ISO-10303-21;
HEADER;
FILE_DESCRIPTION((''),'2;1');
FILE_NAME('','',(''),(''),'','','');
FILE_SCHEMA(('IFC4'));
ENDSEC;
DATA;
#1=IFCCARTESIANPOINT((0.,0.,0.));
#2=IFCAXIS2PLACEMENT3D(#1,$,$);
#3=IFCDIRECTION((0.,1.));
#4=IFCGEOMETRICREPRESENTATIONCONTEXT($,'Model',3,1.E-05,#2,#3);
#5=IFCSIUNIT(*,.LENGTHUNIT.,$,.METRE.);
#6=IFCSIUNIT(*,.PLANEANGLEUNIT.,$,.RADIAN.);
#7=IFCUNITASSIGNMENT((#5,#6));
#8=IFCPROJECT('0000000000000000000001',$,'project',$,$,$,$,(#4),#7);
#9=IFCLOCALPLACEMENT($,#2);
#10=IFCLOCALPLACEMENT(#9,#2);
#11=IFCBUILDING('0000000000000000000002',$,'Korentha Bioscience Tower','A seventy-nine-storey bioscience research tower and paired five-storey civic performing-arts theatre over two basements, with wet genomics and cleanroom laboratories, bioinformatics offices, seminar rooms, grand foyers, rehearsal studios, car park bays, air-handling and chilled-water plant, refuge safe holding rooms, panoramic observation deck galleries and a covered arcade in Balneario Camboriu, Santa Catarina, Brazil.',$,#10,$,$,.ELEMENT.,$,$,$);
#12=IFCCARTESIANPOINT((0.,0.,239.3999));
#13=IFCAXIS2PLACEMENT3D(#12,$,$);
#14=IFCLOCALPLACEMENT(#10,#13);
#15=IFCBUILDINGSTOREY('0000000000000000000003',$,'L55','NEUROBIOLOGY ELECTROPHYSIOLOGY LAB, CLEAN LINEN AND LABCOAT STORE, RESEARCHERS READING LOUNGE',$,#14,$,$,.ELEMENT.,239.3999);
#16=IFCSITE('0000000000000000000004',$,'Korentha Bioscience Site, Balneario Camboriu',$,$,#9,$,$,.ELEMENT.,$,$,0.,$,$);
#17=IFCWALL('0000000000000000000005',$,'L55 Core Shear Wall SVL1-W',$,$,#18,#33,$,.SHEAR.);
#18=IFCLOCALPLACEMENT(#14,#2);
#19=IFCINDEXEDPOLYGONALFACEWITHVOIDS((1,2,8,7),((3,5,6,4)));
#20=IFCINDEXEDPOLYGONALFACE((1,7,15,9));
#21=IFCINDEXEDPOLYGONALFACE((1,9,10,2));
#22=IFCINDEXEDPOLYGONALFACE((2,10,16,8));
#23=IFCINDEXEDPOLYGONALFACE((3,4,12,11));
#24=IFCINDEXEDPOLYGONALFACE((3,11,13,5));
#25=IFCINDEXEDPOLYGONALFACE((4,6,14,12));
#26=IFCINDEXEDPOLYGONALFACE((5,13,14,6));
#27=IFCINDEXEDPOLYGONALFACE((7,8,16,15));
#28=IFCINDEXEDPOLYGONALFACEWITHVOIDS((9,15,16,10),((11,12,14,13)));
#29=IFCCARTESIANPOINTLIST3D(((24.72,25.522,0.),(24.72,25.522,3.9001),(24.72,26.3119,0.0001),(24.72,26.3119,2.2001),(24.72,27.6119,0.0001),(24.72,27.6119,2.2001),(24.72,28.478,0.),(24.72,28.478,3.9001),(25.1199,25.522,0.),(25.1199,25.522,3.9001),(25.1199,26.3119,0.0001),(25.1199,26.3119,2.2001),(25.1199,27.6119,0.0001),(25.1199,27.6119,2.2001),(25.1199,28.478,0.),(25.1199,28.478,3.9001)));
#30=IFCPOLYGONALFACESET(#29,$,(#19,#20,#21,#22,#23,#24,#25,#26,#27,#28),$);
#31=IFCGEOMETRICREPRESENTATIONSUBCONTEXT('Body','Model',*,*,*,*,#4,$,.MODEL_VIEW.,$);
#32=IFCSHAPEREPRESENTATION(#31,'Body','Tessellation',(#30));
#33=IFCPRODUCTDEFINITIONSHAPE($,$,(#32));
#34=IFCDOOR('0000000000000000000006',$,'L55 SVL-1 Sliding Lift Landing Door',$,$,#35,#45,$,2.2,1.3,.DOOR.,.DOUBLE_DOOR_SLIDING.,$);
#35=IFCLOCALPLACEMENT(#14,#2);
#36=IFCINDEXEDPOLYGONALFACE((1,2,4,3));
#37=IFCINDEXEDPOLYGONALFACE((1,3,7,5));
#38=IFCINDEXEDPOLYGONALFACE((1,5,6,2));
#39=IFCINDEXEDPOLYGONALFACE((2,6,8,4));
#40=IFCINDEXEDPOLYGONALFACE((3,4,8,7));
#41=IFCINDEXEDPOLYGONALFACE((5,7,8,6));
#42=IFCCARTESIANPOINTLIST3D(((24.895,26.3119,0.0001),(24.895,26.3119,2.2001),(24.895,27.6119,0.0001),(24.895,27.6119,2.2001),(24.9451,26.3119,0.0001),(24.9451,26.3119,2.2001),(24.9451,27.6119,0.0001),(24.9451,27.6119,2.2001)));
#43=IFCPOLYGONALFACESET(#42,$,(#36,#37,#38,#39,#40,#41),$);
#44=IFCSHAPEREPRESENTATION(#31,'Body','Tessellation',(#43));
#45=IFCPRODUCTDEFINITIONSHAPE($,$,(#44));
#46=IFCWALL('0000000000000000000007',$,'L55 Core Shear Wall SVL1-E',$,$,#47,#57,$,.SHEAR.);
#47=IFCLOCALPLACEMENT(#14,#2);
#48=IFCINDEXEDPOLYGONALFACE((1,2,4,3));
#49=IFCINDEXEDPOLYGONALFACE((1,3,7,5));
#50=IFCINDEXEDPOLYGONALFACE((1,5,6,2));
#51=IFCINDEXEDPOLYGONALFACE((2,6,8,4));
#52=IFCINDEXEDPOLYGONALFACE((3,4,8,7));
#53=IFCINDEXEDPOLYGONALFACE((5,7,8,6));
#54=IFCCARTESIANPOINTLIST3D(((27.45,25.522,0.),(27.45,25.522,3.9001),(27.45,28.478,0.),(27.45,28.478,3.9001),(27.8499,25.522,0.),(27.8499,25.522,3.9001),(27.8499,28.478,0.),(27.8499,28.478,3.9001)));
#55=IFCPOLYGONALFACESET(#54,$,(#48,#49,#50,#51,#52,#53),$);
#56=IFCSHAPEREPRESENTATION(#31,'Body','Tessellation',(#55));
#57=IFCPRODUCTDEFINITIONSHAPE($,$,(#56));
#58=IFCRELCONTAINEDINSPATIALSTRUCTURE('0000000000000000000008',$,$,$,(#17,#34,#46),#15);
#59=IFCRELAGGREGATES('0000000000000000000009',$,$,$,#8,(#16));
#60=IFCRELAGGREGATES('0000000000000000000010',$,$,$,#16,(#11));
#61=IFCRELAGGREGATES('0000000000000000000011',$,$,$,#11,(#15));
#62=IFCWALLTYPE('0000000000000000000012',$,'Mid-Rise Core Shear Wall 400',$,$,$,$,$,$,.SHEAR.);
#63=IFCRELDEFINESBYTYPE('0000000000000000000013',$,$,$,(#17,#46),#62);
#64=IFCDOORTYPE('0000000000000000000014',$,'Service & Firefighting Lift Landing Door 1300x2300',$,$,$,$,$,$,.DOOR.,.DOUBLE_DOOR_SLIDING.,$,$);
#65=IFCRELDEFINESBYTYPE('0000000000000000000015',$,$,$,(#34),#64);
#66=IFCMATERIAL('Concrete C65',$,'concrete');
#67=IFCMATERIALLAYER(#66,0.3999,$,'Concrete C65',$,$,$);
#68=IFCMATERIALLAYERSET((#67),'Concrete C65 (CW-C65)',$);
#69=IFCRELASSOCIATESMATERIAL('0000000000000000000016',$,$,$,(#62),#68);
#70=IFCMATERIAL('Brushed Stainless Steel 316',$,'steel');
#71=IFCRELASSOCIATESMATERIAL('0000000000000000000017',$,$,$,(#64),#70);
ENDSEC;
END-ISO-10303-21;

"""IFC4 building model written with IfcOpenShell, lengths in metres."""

from ifc_helpers import new_model, si_unit, direction, frame, frame_2d, origin, place, context, subcontext, project, spatial, rectangle, extrude, material, layer, layer_set, type_object, element, fill, save


model = new_model("IFC4")

# Units and contexts
model_context = context("Model", 3, precision=1e-05, world=origin(), true_north=direction((0.0, 1.0)))
body_context = subcontext(model_context, "Body", "Model", "MODEL_VIEW")
ifc_project = project(units=[si_unit("LENGTHUNIT", "METRE"), si_unit("PLANEANGLEUNIT", "RADIAN")], contexts=[model_context])

# Site, building, storey
site_placement = place(None, origin())
site = spatial("IfcSite", under=ifc_project, at=site_placement, Name="Korentha Bioscience Site, Balneario Camboriu", CompositionType="ELEMENT", RefElevation=0.0)
building_placement = place(site_placement, origin())
building = spatial("IfcBuilding", under=site, at=building_placement, Name="Korentha Bioscience Tower", Description="A seventy-nine-storey bioscience research tower and paired five-storey civic performing-arts theatre over two basements, with wet genomics and cleanroom laboratories, bioinformatics offices, seminar rooms, grand foyers, rehearsal studios, car park bays, air-handling and chilled-water plant, refuge safe holding rooms, panoramic observation deck galleries and a covered arcade in Balneario Camboriu, Santa Catarina, Brazil.", CompositionType="ELEMENT")
storey_placement = place(building_placement, frame((0.0, 0.0, 239.3999)))
storey = spatial("IfcBuildingStorey", under=building, at=storey_placement, Name="L55", Description="NEUROBIOLOGY ELECTROPHYSIOLOGY LAB, CLEAN LINEN AND LABCOAT STORE, RESEARCHERS READING LOUNGE", CompositionType="ELEMENT", Elevation=239.3999)

# Shared definitions
ifc_material_1 = material(Name="Concrete C65", Category="concrete")

# Shared definitions
ifc_layer_1 = layer(ifc_material_1, 0.3999, Name="Concrete C65")
ifc_layer_set_1 = layer_set([ifc_layer_1], Name="Concrete C65 (CW-C65)")
wall_type_1 = type_object("IfcWallType", Name="Mid-Rise Core Shear Wall 400", PredefinedType="SHEAR", material=ifc_layer_set_1)

# Wall, opening, door
ifc_material_2 = material(Name="Brushed Stainless Steel 316", Category="steel")
door_type_1 = type_object("IfcDoorType", Name="Service & Firefighting Lift Landing Door 1300x2300", OperationType="DOUBLE_DOOR_SLIDING", PredefinedType="DOOR", material=ifc_material_2)
wall_1_placement = place(storey_placement, frame((24.9199, 25.522, 0.0), z_axis=(0.0, 0.0, 1.0), x_axis=(0.0, 1.0, 0.0)))
wall_1 = element("IfcWall", 1, at=wall_1_placement, inside=storey, type_object=wall_type_1, Name="L55 Core Shear Wall SVL1-W", PredefinedType="SHEAR", context=body_context, shape_type="SweptSolid", body=[
    extrude(rectangle(XDim=2.9561, YDim=0.3999, at=frame_2d((1.478, 0.0))), origin(), (0.0, 0.0, 1.0), 3.9001),
])
opening_1_placement = place(wall_1_placement, frame((0.79, 0.0, 0.0)))
opening_1 = element("IfcOpeningElement", 2, at=opening_1_placement, cuts=wall_1, PredefinedType="OPENING", context=body_context, shape_type="SweptSolid", body=[
    extrude(rectangle(XDim=1.3, YDim=2.2, at=frame_2d((0.6499, 1.1001))), frame((0.0, 0.2148, 0.0), z_axis=(0.0, -1.0, 0.0), x_axis=(1.0, 0.0, 0.0)), (0.0, 0.0, 1.0), 0.4297),
])
door_1_placement = place(opening_1_placement, origin())
door_1 = element("IfcDoor", 3, at=door_1_placement, inside=storey, type_object=door_type_1, Name="L55 SVL-1 Sliding Lift Landing Door", OperationType="DOUBLE_DOOR_SLIDING", OverallHeight=2.2, OverallWidth=1.3, PredefinedType="DOOR", context=body_context, shape_type="SweptSolid", body=[
    extrude(rectangle(XDim=1.3, YDim=2.2, at=frame_2d((0.6499, 1.1001))), frame((0.0, 0.0249, 0.0), z_axis=(0.0, -1.0, 0.0), x_axis=(1.0, 0.0, 0.0)), (0.0, 0.0, 1.0), 0.05),
])
fill(opening_1, door_1)

# Wall
wall_2_placement = place(storey_placement, frame((27.6499, 25.522, 0.0), z_axis=(0.0, 0.0, 1.0), x_axis=(0.0, 1.0, 0.0)))
element("IfcWall", 4, at=wall_2_placement, inside=storey, type_object=wall_type_1, Name="L55 Core Shear Wall SVL1-E", PredefinedType="SHEAR", context=body_context, shape_type="SweptSolid", body=[
    extrude(rectangle(XDim=2.9561, YDim=0.3999, at=frame_2d((1.478, 0.0))), origin(), (0.0, 0.0, 1.0), 3.9001),
])

save(model, "model.ifc")
